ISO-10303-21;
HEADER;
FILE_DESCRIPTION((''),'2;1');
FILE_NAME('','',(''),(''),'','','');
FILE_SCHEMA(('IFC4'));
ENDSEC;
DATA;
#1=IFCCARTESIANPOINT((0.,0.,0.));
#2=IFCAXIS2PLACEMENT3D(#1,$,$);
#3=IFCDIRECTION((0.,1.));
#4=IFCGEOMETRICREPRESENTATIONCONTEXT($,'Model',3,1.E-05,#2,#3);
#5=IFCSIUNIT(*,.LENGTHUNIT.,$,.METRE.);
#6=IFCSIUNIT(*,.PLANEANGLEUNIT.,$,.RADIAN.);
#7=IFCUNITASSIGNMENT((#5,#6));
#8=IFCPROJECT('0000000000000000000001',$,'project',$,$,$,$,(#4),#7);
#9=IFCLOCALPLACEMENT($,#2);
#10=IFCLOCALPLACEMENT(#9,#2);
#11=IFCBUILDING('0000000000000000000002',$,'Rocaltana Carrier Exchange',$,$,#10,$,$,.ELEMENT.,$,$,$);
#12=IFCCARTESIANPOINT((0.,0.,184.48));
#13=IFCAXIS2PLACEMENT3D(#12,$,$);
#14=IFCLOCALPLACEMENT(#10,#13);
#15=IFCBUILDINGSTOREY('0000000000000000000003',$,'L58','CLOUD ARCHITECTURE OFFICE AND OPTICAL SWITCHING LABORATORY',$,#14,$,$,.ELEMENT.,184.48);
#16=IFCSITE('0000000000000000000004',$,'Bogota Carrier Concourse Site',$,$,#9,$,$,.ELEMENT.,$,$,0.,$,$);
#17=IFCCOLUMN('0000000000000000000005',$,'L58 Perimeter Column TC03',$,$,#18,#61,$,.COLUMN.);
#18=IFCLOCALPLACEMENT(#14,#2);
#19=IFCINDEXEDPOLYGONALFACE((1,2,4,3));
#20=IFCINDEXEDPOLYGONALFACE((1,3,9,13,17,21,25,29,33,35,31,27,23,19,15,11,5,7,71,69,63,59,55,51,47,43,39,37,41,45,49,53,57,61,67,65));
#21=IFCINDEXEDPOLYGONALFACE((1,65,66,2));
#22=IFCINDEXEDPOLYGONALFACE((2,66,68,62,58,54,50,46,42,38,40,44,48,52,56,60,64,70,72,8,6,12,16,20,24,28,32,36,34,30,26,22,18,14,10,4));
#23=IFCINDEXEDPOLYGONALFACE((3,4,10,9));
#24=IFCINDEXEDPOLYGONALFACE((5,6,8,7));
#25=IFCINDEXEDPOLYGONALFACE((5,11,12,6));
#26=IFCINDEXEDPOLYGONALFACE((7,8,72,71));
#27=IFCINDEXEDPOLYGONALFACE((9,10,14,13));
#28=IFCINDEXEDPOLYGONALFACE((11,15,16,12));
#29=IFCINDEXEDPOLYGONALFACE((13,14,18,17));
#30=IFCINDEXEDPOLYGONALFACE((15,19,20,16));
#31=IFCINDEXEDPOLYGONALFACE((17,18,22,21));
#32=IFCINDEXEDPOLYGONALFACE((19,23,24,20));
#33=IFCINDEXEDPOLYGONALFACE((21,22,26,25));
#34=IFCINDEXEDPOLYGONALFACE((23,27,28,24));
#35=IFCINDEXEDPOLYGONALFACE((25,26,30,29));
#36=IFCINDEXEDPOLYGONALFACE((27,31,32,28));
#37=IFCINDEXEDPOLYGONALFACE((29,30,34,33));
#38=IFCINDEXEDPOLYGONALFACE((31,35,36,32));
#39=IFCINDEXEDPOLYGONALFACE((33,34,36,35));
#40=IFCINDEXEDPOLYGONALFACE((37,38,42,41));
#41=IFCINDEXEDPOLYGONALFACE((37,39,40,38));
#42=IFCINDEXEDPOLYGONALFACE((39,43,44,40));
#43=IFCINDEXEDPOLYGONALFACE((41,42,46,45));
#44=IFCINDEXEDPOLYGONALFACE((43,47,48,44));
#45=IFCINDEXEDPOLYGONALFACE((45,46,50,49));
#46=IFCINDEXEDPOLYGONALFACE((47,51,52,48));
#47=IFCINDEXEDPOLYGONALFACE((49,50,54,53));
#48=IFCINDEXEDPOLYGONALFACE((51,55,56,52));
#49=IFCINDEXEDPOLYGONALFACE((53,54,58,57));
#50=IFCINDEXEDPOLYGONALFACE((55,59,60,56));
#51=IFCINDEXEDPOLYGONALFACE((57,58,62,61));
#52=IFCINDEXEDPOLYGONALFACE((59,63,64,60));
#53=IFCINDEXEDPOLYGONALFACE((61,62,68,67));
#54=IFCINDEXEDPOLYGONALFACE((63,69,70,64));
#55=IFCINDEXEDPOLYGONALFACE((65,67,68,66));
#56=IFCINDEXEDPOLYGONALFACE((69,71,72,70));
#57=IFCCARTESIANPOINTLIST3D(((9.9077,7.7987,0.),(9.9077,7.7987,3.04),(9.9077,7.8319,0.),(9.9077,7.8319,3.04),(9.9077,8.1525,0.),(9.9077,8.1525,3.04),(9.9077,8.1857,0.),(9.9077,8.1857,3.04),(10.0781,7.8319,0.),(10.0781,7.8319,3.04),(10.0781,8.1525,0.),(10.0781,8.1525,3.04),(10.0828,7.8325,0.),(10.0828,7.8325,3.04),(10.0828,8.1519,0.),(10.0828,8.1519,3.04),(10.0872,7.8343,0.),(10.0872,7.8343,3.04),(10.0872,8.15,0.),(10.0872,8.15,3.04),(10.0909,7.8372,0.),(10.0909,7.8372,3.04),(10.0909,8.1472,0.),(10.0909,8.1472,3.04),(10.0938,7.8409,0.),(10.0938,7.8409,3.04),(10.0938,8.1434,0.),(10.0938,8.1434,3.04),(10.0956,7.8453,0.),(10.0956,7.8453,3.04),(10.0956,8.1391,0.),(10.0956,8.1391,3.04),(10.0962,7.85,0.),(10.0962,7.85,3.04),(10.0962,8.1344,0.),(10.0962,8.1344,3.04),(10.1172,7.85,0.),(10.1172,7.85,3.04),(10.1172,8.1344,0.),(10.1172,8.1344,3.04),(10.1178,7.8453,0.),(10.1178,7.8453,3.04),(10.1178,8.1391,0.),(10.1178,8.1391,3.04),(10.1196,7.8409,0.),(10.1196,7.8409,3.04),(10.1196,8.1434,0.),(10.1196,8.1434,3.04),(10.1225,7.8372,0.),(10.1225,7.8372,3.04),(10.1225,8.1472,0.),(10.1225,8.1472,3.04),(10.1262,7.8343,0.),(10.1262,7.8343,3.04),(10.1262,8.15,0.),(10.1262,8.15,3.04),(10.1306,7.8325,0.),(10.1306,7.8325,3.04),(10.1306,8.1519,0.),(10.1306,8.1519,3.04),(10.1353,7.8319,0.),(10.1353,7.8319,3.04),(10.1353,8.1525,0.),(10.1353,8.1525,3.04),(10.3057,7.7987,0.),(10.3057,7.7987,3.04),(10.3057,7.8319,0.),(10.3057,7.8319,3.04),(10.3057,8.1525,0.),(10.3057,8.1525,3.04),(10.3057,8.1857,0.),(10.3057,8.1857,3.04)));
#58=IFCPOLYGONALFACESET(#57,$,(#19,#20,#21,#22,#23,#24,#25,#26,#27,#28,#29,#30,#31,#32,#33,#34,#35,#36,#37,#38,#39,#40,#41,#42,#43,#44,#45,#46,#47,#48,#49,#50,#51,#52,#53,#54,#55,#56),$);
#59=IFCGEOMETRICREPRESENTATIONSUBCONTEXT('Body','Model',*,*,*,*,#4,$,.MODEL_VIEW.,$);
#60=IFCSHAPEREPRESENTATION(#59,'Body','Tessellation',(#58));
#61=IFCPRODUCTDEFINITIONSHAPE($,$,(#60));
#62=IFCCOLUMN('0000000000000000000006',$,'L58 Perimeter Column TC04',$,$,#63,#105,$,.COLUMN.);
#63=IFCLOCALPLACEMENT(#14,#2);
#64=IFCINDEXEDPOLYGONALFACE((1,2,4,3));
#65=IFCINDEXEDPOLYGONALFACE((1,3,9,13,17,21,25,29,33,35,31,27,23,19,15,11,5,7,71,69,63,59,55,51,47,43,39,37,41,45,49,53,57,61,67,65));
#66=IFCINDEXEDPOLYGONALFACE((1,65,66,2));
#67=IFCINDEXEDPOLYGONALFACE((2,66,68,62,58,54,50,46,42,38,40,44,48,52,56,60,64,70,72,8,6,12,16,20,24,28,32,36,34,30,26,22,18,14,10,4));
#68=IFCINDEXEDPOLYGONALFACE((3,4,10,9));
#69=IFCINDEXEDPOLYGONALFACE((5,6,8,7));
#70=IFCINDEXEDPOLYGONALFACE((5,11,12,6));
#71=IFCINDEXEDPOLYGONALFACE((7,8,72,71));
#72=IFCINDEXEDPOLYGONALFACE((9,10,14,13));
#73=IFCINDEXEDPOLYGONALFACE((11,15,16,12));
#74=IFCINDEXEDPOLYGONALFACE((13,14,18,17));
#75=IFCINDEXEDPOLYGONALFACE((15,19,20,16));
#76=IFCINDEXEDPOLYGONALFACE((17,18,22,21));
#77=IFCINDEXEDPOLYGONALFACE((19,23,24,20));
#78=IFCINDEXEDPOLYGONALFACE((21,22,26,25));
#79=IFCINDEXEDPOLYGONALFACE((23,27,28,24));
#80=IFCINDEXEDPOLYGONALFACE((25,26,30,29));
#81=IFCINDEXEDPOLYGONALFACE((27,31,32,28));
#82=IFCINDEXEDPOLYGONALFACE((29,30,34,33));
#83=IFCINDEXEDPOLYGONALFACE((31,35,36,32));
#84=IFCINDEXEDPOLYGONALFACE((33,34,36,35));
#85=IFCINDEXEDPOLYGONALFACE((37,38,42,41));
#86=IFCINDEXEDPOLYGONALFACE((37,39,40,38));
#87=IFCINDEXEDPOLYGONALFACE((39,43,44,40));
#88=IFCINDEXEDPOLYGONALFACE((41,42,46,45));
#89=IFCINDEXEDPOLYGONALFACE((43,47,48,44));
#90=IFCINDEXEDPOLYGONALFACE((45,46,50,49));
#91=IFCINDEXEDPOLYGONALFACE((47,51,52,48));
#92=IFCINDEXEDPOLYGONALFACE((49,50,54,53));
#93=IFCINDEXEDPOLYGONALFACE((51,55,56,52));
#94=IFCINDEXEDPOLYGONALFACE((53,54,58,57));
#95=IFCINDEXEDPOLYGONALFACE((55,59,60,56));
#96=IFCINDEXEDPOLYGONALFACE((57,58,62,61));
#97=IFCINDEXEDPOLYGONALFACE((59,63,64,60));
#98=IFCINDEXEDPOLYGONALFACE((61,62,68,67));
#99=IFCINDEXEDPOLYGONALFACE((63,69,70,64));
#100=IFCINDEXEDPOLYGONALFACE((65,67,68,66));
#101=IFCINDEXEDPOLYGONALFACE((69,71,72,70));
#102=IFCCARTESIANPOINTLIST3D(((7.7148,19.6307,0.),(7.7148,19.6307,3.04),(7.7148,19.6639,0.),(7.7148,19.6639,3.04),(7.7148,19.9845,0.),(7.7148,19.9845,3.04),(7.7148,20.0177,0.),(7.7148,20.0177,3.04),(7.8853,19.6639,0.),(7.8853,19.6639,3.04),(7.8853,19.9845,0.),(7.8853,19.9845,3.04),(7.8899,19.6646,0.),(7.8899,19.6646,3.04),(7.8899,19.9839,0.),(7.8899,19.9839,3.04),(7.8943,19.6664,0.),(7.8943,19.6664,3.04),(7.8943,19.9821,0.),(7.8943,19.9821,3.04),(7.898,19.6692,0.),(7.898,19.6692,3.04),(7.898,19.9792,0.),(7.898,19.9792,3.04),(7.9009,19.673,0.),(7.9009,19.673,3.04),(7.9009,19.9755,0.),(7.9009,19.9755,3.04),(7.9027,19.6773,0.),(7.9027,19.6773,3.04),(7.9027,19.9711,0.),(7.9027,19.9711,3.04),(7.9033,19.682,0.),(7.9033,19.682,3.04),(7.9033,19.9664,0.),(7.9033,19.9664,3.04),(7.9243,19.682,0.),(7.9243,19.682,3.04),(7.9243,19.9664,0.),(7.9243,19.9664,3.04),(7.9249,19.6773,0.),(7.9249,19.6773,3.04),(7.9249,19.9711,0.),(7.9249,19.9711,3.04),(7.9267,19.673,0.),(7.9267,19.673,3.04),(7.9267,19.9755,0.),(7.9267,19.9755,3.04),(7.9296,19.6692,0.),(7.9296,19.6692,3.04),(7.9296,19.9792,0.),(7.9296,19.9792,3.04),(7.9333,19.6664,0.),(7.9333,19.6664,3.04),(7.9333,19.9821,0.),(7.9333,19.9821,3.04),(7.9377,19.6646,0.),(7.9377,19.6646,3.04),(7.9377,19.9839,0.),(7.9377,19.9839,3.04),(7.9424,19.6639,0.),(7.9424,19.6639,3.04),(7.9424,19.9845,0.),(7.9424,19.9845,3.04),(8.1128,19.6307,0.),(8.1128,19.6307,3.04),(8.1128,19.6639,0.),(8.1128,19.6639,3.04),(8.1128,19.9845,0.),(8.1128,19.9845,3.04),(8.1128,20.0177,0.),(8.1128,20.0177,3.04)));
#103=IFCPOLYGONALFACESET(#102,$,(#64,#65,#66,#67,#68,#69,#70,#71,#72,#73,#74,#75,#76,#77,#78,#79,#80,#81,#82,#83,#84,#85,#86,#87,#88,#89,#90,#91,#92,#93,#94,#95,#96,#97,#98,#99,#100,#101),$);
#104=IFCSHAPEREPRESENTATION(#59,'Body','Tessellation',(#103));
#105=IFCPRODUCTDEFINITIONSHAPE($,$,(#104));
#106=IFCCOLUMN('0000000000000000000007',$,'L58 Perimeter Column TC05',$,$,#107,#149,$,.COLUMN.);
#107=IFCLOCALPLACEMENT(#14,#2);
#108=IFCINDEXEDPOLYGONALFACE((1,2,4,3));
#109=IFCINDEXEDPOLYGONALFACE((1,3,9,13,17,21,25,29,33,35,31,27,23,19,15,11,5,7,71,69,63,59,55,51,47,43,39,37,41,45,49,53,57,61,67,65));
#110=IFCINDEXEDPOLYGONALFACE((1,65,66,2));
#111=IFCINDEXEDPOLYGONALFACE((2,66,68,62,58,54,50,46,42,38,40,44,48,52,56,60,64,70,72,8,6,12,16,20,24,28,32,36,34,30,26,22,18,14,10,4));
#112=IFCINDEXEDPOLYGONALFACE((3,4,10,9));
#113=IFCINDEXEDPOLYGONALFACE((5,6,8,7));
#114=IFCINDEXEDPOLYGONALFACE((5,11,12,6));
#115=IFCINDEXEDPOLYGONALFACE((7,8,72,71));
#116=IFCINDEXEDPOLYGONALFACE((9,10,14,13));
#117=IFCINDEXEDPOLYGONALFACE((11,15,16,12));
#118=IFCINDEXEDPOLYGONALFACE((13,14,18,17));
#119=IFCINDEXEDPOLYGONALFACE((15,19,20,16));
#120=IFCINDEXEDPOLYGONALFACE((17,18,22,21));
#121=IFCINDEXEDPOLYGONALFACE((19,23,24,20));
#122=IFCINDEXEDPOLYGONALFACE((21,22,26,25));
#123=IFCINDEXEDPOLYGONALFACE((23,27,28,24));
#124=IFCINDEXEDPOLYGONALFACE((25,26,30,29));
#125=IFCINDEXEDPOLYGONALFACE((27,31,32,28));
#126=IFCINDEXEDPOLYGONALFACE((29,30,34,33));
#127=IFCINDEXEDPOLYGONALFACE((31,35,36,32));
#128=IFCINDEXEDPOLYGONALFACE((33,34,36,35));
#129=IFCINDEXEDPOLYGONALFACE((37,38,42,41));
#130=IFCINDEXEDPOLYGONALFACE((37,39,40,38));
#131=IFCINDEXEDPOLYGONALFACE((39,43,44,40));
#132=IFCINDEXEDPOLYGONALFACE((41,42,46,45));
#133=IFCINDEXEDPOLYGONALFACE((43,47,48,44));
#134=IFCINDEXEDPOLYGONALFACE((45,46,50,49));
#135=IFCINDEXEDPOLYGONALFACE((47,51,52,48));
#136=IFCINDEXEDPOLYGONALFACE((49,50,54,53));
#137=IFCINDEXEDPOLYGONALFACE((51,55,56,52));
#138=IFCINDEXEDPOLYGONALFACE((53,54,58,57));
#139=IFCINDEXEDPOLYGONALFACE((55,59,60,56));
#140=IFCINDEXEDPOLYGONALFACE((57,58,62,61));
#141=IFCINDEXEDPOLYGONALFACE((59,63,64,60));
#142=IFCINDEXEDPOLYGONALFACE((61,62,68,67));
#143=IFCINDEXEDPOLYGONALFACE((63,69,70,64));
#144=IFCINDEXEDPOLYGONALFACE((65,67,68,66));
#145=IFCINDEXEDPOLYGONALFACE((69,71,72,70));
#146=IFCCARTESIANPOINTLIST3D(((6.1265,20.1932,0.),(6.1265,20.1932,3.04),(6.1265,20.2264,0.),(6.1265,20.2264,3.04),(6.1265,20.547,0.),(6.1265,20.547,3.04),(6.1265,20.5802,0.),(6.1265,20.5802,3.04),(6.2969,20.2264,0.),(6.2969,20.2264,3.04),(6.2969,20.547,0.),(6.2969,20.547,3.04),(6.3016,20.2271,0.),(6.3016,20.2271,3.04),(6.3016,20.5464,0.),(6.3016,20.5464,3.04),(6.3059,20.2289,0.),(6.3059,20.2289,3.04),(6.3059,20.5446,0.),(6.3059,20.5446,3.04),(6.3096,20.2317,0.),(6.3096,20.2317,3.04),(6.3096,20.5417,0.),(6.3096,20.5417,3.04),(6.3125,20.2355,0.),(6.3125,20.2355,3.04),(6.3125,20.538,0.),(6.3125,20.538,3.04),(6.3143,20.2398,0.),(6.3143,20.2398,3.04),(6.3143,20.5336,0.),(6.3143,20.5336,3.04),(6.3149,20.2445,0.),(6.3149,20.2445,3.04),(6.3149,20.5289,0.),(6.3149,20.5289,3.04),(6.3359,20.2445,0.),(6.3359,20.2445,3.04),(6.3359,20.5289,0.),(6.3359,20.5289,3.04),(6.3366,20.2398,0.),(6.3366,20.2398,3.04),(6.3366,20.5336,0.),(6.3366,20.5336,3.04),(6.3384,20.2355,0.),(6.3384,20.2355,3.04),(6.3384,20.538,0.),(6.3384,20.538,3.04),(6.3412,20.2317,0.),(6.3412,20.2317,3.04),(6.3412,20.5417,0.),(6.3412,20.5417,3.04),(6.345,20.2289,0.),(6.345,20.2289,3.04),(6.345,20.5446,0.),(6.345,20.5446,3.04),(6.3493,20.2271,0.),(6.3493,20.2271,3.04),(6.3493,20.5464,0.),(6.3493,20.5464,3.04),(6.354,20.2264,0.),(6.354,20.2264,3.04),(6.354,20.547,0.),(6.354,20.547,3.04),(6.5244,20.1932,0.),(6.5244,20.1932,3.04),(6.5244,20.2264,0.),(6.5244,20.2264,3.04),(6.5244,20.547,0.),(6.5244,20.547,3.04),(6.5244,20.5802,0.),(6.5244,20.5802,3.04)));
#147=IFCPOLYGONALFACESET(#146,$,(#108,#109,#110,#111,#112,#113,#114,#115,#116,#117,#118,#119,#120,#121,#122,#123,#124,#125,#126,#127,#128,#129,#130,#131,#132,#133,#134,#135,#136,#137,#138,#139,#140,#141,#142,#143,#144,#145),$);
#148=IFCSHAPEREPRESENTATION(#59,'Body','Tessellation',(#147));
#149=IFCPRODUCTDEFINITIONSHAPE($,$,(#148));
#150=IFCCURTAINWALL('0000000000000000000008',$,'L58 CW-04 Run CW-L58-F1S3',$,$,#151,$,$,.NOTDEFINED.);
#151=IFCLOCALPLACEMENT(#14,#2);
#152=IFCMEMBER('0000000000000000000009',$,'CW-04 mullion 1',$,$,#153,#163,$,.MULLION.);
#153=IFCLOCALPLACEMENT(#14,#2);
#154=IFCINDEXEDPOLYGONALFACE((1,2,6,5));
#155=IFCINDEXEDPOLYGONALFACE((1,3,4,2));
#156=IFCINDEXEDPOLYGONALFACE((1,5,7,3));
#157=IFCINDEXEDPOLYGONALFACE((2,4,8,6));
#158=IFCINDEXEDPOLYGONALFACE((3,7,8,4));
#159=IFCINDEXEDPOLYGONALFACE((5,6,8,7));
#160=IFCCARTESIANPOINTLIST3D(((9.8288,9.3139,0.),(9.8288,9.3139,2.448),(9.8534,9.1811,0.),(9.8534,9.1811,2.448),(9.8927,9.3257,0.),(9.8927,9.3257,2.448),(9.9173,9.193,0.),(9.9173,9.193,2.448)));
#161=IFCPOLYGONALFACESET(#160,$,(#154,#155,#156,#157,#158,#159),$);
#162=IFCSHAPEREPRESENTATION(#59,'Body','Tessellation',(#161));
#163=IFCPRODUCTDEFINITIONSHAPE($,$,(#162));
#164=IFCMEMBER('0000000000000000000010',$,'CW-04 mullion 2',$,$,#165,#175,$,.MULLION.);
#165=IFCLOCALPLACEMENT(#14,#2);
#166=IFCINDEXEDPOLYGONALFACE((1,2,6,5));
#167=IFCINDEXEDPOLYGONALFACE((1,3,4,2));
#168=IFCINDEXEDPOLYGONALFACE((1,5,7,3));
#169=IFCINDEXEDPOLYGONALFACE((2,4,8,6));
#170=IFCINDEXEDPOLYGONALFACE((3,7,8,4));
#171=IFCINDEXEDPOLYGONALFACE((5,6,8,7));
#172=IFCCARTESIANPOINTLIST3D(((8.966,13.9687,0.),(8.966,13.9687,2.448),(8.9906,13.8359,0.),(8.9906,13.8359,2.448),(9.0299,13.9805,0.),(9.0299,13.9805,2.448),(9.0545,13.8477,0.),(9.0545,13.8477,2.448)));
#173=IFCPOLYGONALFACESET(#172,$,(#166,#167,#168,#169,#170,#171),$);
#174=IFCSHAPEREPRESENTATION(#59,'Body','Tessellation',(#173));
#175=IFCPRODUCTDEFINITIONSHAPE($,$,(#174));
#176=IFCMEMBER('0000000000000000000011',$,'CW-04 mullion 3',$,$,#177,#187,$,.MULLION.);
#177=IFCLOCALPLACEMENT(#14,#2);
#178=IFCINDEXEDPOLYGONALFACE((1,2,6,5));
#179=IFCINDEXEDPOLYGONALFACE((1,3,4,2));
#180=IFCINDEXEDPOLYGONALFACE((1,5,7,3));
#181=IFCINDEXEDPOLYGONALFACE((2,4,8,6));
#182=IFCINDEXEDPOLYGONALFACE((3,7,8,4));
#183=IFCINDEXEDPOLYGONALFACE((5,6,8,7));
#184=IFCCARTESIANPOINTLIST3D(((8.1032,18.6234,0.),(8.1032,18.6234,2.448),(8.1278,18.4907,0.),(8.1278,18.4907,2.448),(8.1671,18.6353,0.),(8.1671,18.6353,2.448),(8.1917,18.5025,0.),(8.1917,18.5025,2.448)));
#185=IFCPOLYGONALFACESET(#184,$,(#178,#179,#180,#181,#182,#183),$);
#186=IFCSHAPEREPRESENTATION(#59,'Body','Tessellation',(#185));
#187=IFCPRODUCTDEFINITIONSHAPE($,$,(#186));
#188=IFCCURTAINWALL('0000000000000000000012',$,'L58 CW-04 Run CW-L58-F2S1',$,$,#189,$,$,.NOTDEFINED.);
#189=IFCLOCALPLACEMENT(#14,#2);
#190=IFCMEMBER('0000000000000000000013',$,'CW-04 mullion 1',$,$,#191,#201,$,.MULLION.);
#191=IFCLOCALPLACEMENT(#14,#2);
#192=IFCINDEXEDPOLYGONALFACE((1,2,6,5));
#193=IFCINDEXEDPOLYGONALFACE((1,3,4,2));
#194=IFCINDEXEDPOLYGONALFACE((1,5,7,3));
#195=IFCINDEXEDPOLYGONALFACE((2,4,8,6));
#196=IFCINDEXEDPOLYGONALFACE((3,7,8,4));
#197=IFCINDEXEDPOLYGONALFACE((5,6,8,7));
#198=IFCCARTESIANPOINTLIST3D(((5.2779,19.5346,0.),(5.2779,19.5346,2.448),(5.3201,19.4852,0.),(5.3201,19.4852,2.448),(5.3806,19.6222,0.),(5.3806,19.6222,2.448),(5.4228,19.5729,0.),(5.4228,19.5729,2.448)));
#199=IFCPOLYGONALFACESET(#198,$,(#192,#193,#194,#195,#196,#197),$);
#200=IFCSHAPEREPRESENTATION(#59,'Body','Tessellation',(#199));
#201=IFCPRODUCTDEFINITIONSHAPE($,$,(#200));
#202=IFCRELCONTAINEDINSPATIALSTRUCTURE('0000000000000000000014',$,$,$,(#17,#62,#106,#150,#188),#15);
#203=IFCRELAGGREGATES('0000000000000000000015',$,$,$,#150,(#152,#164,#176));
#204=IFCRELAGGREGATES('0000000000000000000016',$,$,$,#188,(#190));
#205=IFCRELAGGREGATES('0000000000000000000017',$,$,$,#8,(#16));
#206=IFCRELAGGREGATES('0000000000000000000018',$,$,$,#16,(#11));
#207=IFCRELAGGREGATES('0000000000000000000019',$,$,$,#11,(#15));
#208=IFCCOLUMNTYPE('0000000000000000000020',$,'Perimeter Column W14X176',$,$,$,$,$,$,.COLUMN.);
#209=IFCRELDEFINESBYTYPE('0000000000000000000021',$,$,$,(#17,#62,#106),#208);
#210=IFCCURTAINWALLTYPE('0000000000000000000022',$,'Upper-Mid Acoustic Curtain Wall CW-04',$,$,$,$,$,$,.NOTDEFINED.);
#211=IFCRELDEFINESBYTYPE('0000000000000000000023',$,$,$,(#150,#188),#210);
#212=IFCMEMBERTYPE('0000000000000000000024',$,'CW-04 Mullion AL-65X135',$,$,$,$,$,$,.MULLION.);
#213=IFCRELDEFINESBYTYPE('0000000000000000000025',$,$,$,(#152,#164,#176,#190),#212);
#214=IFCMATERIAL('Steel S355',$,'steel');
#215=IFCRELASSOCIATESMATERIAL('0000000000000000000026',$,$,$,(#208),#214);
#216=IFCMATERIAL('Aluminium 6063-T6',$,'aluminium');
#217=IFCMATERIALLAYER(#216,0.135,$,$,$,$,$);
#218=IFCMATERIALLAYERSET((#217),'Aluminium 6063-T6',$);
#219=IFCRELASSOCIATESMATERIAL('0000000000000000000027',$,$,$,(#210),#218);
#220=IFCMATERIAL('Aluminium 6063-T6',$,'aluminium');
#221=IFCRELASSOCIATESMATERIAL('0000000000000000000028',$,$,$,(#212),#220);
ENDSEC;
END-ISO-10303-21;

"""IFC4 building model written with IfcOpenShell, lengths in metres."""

from ifc_helpers import new_model, si_unit, direction, frame, origin, origin_2d, place, context, subcontext, project, spatial, rectangle, i_section, extrude, material, layer, layer_set, material_profile, profile_set, type_object, element, aggregate, save


model = new_model("IFC4")

# Units and contexts
model_context = context("Model", 3, precision=1e-05, world=origin(), true_north=direction((0.0, 1.0)))
body_context = subcontext(model_context, "Body", "Model", "MODEL_VIEW")
ifc_project = project(units=[si_unit("LENGTHUNIT", "METRE"), si_unit("PLANEANGLEUNIT", "RADIAN")], contexts=[model_context])

# Site, building, storey
site_placement = place(None, origin())
site = spatial("IfcSite", under=ifc_project, at=site_placement, Name="Bogota Carrier Concourse Site", CompositionType="ELEMENT", RefElevation=0.0)
building_placement = place(site_placement, origin())
building = spatial("IfcBuilding", under=site, at=building_placement, Name="Rocaltana Carrier Exchange", CompositionType="ELEMENT")
storey_placement = place(building_placement, frame((0.0, 0.0, 184.48)))
storey = spatial("IfcBuildingStorey", under=building, at=storey_placement, Name="L58", Description="CLOUD ARCHITECTURE OFFICE AND OPTICAL SWITCHING LABORATORY", CompositionType="ELEMENT", Elevation=184.48)

# Columns
ifc_material_1 = material(Name="Steel S355", Category="steel")
ifc_material_profile_1 = material_profile(ifc_material_1, i_section(OverallWidth=0.3979, OverallDepth=0.387, WebThickness=0.021, FlangeThickness=0.0332, FilletRadius=0.0181, at=origin_2d()), Name="W14X176")
ifc_profile_set_1 = profile_set([ifc_material_profile_1], Name="Steel S355")
column_type = type_object("IfcColumnType", Name="Perimeter Column W14X176", PredefinedType="COLUMN", material=ifc_profile_set_1)
for number, where, z_axis, x_axis, name in (
    (1, (10.1067, 7.9922, 0.0), (0.0, 0.0, 1.0), (1.0, 0.0, 0.0), "L58 Perimeter Column TC03"),
    (2, (7.9138, 19.8242, 0.0), (0.0, 0.0, 1.0), (1.0, 0.0, 0.0), "L58 Perimeter Column TC04"),
    (3, (6.3254, 20.3867, 0.0), (0.0, 0.0, 1.0), (1.0, 0.0, 0.0), "L58 Perimeter Column TC05"),
):
    element("IfcColumn", number, at=place(storey_placement, frame(where, z_axis=z_axis, x_axis=x_axis)), inside=storey, type_object=column_type, Name=name, PredefinedType="COLUMN", context=body_context, shape_type="SweptSolid", body=[
        extrude(i_section(OverallWidth=0.3979, OverallDepth=0.387, WebThickness=0.021, FlangeThickness=0.0332, FilletRadius=0.0181, at=origin_2d()), origin(), (0.0, 0.0, 1.0), 3.04),
    ])

# Curtain walls, members
ifc_material_2 = material(Name="Aluminium 6063-T6", Category="aluminium")
ifc_layer_1 = layer(ifc_material_2, 0.135)
ifc_layer_set_1 = layer_set([ifc_layer_1], Name="Aluminium 6063-T6")
curtain_wall_type = type_object("IfcCurtainWallType", Name="Upper-Mid Acoustic Curtain Wall CW-04", PredefinedType="NOTDEFINED", material=ifc_layer_set_1)
curtain_wall_1_placement = place(storey_placement, origin())
curtain_wall_1 = element("IfcCurtainWall", 4, at=curtain_wall_1_placement, inside=storey, type_object=curtain_wall_type, Name="L58 CW-04 Run CW-L58-F1S3", PredefinedType="NOTDEFINED")
ifc_material_3 = material(Name="Aluminium 6063-T6", Category="aluminium")
ifc_material_profile_2 = material_profile(ifc_material_3, rectangle(XDim=0.0649, YDim=0.135, at=origin_2d()), Name="AL-65X135")
ifc_profile_set_2 = profile_set([ifc_material_profile_2], Name="Aluminium 6063-T6")
member_type_1 = type_object("IfcMemberType", Name="CW-04 Mullion AL-65X135", PredefinedType="MULLION", material=ifc_profile_set_2)
member_1_placement = place(storey_placement, frame((9.873, 9.2534, 0.0), z_axis=(0.0, 0.0, 1.0), x_axis=(-0.983255, -0.182236, 0.0)))
member_1 = element("IfcMember", 5, at=member_1_placement, type_object=member_type_1, Name="CW-04 mullion 1", PredefinedType="MULLION", context=body_context, shape_type="SweptSolid", body=[
    extrude(rectangle(XDim=0.0649, YDim=0.135, at=origin_2d()), origin(), (0.0, 0.0, 1.0), 2.448),
])
member_2_placement = place(storey_placement, frame((9.0103, 13.9082, 0.0), z_axis=(0.0, 0.0, 1.0), x_axis=(-0.983255, -0.182236, 0.0)))
member_2 = element("IfcMember", 6, at=member_2_placement, type_object=member_type_1, Name="CW-04 mullion 2", PredefinedType="MULLION", context=body_context, shape_type="SweptSolid", body=[
    extrude(rectangle(XDim=0.0649, YDim=0.135, at=origin_2d()), origin(), (0.0, 0.0, 1.0), 2.448),
])
member_3_placement = place(storey_placement, frame((8.1475, 18.563, 0.0), z_axis=(0.0, 0.0, 1.0), x_axis=(-0.983255, -0.182236, 0.0)))
member_3 = element("IfcMember", 7, at=member_3_placement, type_object=member_type_1, Name="CW-04 mullion 3", PredefinedType="MULLION", context=body_context, shape_type="SweptSolid", body=[
    extrude(rectangle(XDim=0.0649, YDim=0.135, at=origin_2d()), origin(), (0.0, 0.0, 1.0), 2.448),
])
curtain_wall_2_placement = place(storey_placement, origin())
curtain_wall_2 = element("IfcCurtainWall", 8, at=curtain_wall_2_placement, inside=storey, type_object=curtain_wall_type, Name="L58 CW-04 Run CW-L58-F2S1", PredefinedType="NOTDEFINED")
member_4_placement = place(storey_placement, frame((5.3503, 19.5537, 0.0), z_axis=(0.0, 0.0, 1.0), x_axis=(0.649448, -0.760406, 0.0)))
member_4 = element("IfcMember", 9, at=member_4_placement, type_object=member_type_1, Name="CW-04 mullion 1", PredefinedType="MULLION", context=body_context, shape_type="SweptSolid", body=[
    extrude(rectangle(XDim=0.0649, YDim=0.135, at=origin_2d()), origin(), (0.0, 0.0, 1.0), 2.448),
])

aggregate(curtain_wall_1, [member_1, member_2, member_3])
aggregate(curtain_wall_2, [member_4])

save(model, "model.ifc")
